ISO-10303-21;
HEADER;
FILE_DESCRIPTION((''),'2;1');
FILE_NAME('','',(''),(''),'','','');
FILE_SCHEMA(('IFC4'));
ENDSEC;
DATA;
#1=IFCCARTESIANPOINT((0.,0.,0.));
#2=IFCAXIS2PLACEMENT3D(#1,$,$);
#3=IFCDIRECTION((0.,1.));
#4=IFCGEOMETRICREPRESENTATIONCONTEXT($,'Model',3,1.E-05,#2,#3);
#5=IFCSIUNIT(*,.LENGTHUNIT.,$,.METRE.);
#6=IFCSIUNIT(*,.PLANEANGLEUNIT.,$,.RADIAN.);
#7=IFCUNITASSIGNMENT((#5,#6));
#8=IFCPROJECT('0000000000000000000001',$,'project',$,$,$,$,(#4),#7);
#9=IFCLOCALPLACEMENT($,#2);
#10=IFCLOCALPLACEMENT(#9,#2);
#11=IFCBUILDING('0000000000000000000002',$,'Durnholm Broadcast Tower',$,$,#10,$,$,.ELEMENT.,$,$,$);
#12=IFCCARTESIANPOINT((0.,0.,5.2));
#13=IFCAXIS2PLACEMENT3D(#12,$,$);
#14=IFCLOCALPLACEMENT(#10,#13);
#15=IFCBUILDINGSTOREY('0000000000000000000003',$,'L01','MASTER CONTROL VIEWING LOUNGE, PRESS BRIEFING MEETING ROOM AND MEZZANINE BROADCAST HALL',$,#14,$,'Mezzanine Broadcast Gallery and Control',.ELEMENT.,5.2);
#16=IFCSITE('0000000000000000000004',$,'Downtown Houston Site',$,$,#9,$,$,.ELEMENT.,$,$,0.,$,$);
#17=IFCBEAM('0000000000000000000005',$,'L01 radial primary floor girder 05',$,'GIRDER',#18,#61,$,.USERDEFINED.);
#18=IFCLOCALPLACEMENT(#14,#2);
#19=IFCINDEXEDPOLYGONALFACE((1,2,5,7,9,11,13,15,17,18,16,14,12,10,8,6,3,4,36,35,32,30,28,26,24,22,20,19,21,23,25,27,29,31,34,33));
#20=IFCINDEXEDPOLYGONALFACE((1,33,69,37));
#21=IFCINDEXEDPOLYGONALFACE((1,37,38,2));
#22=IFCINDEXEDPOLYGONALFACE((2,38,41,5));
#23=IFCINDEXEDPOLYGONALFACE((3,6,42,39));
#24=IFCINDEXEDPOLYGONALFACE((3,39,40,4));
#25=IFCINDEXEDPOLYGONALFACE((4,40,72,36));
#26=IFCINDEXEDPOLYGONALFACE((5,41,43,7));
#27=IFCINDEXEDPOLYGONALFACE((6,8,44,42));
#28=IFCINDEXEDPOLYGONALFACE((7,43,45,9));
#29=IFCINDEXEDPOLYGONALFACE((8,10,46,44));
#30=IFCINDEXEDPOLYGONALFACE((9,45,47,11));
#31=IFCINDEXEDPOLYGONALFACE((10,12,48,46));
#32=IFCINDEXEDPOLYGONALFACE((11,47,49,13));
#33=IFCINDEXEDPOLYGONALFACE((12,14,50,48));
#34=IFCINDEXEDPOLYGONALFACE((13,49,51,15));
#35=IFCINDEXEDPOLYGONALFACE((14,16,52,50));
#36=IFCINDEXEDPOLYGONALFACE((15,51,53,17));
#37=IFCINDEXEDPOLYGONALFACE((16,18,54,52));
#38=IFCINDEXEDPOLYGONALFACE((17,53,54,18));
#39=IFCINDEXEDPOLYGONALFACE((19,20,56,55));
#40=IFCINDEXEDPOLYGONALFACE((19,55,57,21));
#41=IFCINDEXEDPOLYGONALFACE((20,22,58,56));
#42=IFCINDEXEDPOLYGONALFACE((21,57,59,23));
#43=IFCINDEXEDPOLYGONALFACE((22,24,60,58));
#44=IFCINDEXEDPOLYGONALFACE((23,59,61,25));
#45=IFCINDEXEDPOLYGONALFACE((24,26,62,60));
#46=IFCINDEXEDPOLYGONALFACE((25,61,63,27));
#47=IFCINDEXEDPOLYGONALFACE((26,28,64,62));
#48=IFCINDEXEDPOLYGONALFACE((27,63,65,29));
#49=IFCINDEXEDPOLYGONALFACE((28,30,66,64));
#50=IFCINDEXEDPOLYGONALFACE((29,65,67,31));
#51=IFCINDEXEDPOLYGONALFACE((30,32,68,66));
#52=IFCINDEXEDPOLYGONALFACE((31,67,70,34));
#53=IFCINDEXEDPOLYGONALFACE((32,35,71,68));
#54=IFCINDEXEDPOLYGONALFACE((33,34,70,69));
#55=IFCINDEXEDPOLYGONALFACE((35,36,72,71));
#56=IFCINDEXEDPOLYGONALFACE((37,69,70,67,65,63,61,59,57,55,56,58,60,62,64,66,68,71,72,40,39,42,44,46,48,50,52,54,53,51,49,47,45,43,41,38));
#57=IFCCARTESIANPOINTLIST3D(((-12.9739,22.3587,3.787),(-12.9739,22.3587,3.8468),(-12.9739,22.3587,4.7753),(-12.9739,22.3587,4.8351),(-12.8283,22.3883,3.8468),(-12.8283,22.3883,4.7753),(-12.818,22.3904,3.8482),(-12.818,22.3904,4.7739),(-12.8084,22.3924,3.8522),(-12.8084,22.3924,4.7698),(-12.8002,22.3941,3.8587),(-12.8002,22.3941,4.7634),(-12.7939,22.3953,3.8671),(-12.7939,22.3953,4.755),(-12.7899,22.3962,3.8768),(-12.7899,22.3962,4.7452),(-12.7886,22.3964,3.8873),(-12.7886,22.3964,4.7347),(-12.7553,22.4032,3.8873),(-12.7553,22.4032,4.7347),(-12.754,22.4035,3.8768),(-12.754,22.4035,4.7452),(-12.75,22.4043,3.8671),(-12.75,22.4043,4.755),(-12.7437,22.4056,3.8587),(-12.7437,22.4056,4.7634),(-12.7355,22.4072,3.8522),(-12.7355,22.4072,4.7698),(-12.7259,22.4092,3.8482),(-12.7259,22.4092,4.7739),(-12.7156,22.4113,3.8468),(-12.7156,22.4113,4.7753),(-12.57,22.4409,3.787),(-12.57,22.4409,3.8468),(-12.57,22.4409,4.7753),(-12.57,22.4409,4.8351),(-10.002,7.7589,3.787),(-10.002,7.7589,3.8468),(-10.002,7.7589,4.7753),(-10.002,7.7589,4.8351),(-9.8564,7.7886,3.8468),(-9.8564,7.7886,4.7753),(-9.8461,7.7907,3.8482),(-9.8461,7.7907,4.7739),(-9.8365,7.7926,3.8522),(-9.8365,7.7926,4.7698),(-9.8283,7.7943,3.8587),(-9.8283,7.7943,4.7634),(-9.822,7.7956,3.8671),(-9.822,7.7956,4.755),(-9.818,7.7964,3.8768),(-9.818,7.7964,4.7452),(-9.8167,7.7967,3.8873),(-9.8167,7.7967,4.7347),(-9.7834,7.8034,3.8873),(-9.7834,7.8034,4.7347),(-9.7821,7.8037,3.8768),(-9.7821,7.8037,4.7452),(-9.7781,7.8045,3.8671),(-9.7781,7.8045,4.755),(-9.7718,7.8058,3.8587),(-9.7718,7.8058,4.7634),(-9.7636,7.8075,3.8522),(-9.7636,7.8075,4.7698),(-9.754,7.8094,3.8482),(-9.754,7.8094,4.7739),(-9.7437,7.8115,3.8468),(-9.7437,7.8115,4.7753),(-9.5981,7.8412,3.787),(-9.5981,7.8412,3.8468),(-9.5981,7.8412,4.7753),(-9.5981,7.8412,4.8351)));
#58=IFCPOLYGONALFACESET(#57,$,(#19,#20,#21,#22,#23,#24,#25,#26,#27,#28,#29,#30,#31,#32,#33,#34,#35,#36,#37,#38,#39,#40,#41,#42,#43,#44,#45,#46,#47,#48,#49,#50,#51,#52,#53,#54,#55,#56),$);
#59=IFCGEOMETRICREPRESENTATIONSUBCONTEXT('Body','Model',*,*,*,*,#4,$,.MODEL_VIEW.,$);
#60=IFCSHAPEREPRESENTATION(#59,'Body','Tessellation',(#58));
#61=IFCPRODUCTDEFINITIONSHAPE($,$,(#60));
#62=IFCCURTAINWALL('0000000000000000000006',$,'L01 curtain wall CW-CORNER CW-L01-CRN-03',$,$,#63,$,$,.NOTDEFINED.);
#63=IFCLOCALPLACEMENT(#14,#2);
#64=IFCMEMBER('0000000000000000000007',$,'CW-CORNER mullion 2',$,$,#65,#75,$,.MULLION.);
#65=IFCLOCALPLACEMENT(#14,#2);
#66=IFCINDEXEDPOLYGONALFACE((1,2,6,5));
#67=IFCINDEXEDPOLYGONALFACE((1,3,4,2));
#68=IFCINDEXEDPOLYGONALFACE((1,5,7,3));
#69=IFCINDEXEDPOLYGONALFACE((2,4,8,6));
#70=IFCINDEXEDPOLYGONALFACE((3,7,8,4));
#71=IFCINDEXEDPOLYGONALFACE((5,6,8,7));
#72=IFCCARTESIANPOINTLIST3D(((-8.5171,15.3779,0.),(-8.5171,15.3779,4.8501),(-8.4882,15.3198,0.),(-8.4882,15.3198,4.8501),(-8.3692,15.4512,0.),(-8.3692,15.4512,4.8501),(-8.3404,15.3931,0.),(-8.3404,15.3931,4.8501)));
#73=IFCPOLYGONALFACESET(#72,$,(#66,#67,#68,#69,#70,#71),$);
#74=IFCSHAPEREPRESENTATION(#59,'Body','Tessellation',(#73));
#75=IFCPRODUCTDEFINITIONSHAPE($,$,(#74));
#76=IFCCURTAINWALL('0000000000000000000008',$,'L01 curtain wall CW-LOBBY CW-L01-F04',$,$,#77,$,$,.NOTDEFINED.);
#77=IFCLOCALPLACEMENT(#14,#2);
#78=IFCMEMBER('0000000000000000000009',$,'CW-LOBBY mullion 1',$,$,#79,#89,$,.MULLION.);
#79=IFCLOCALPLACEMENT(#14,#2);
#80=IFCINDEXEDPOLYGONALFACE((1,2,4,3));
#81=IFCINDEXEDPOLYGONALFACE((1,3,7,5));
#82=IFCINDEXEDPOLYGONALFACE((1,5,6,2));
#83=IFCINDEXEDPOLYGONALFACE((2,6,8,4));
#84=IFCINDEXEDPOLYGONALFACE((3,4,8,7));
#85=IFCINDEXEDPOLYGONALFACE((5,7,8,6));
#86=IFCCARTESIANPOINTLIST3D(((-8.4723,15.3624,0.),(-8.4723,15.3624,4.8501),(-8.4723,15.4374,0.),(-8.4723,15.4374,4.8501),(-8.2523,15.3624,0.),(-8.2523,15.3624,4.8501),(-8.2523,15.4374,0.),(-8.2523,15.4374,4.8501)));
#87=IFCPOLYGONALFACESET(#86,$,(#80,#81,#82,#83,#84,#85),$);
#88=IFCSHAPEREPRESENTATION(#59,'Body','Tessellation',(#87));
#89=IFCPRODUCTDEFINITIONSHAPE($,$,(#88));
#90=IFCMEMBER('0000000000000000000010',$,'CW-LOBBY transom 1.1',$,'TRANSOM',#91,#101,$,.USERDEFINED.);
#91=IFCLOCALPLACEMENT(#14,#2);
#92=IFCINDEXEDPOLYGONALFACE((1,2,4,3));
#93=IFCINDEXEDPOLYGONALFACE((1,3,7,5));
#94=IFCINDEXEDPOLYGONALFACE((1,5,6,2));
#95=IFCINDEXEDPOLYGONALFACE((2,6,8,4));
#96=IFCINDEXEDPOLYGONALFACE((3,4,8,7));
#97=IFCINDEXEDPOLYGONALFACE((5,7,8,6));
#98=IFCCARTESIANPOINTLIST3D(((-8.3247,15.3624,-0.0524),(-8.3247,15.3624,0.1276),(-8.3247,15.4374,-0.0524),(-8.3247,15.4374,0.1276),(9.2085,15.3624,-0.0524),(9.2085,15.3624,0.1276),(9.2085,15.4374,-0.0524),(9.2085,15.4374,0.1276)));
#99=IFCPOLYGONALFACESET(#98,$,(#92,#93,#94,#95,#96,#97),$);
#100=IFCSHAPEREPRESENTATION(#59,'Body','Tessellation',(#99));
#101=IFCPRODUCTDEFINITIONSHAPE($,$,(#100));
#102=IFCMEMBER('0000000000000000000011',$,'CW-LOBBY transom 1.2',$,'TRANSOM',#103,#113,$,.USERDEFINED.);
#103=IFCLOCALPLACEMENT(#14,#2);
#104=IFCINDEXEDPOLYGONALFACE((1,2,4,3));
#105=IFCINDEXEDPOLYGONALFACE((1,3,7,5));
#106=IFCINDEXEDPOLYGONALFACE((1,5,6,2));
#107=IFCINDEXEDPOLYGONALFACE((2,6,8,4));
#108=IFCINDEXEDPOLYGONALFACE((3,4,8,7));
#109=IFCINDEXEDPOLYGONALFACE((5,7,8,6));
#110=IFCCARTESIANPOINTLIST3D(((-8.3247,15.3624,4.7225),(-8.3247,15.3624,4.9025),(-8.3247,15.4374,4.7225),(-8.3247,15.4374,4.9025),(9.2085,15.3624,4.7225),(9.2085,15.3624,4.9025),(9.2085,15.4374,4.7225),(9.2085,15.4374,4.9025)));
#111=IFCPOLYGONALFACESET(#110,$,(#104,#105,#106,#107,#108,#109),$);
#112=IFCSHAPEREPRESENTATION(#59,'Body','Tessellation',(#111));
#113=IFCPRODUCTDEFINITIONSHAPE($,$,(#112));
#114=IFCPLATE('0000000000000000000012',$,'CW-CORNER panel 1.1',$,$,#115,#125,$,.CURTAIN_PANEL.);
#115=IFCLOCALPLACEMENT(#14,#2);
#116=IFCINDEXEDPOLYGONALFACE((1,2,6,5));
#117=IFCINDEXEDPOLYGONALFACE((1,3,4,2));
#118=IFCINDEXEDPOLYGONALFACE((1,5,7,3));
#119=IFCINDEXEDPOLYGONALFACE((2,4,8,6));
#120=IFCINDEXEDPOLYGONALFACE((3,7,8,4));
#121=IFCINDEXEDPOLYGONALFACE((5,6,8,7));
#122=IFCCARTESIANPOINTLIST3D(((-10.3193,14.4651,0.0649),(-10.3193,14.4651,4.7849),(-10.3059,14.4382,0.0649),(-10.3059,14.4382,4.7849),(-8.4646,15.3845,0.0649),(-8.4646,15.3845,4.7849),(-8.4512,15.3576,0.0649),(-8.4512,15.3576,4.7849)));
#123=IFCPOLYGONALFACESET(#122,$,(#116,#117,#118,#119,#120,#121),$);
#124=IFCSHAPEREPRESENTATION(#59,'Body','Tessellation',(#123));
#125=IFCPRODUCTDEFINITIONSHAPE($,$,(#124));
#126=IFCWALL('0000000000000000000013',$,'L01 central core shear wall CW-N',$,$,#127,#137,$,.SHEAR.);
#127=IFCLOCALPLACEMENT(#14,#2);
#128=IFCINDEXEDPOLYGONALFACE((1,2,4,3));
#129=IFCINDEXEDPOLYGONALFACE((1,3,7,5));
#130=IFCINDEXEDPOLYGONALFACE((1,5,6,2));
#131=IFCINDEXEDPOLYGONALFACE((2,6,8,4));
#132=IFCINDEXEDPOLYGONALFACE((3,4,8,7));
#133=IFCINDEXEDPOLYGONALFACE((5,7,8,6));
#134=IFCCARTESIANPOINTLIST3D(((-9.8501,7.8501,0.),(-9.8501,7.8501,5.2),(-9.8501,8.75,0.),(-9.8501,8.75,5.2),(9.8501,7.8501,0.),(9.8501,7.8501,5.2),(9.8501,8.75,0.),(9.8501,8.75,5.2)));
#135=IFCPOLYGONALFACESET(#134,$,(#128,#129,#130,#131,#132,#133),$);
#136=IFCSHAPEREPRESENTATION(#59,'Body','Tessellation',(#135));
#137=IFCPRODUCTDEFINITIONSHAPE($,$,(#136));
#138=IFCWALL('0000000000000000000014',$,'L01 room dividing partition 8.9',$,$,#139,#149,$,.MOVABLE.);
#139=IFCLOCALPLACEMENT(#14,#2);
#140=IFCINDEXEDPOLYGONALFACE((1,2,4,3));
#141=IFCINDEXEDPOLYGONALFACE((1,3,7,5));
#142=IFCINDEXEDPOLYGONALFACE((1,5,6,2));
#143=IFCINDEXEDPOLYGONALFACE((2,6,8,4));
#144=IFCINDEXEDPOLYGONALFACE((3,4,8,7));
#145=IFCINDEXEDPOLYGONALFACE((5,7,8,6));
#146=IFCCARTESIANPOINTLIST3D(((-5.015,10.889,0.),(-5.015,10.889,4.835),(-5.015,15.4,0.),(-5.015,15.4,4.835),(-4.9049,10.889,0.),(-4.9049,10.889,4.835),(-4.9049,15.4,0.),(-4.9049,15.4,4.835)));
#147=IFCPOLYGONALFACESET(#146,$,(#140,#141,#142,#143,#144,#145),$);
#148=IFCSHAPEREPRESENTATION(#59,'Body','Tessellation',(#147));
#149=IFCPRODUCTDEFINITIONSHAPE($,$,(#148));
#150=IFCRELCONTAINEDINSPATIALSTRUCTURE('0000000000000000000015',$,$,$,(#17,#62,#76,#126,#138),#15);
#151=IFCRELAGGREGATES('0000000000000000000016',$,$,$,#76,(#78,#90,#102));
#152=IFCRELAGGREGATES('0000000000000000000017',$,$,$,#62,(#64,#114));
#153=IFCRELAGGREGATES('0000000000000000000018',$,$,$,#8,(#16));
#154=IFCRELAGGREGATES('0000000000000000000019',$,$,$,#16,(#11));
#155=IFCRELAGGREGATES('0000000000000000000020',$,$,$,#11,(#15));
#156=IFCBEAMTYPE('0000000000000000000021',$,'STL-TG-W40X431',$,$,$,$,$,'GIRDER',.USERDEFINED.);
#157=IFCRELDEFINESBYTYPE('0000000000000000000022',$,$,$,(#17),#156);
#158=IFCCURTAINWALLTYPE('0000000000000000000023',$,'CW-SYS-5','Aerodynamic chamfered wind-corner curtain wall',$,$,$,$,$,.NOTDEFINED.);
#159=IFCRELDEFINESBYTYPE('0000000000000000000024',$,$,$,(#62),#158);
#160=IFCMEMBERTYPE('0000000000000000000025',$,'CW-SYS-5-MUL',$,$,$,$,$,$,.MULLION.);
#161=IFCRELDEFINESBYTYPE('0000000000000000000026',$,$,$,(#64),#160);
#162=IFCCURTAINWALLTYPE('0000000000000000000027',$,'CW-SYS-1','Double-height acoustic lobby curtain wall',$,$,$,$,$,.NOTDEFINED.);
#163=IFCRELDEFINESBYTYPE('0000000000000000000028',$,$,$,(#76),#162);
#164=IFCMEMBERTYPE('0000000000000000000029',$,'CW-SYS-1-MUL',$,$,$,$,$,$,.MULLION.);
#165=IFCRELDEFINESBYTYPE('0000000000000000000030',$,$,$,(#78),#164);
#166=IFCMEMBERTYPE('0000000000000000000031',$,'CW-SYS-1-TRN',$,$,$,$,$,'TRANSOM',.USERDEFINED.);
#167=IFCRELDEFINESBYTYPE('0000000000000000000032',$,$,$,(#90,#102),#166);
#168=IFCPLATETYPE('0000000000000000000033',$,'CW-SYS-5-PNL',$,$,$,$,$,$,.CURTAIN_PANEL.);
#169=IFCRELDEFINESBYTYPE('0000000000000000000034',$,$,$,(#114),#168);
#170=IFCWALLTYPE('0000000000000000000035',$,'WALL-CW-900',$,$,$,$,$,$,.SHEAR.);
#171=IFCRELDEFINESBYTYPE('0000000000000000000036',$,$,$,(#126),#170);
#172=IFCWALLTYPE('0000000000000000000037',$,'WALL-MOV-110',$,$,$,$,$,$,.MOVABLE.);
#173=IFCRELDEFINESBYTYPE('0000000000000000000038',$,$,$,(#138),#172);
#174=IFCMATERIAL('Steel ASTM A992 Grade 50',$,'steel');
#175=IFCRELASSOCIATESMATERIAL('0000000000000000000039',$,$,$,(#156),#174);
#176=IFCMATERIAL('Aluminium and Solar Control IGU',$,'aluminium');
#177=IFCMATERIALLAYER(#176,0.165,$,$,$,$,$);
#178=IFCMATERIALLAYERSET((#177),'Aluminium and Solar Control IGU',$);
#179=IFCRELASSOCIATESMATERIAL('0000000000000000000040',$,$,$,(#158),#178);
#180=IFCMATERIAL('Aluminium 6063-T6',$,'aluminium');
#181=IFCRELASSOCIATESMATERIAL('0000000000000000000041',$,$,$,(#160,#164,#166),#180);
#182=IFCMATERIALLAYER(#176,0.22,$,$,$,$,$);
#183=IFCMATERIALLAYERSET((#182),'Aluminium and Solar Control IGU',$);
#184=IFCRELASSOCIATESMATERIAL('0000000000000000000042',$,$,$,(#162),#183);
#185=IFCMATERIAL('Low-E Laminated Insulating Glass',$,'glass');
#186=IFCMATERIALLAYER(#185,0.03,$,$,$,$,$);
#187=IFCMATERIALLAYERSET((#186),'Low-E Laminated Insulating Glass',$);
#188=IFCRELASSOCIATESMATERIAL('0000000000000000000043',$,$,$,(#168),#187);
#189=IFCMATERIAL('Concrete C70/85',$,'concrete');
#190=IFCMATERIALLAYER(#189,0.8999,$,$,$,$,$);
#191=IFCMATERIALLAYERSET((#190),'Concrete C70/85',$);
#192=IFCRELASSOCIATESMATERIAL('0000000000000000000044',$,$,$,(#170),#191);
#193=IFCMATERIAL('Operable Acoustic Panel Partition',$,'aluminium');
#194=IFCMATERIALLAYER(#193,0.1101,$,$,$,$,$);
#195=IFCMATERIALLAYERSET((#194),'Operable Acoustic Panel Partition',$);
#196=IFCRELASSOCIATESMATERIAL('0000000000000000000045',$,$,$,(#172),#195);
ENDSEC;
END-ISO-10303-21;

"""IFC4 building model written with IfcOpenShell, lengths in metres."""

from ifc_helpers import new_model, si_unit, direction, frame, frame_2d, origin, origin_2d, place, context, subcontext, project, spatial, rectangle, i_section, extrude, source, transform, mapped, material, layer, layer_set, material_profile, profile_set, type_object, type_shapes, element, aggregate, save


model = new_model("IFC4")

# Units and contexts
model_context = context("Model", 3, precision=1e-05, world=origin(), true_north=direction((0.0, 1.0)))
body_context = subcontext(model_context, "Body", "Model", "MODEL_VIEW")
ifc_project = project(units=[si_unit("LENGTHUNIT", "METRE"), si_unit("PLANEANGLEUNIT", "RADIAN")], contexts=[model_context])

# Site, building, storey
site_placement = place(None, origin())
site = spatial("IfcSite", under=ifc_project, at=site_placement, Name="Downtown Houston Site", CompositionType="ELEMENT", RefElevation=0.0)
building_placement = place(site_placement, origin())
building = spatial("IfcBuilding", under=site, at=building_placement, Name="Durnholm Broadcast Tower", CompositionType="ELEMENT")
storey_placement = place(building_placement, frame((0.0, 0.0, 5.2)))
storey = spatial("IfcBuildingStorey", under=building, at=storey_placement, Name="L01", Description="MASTER CONTROL VIEWING LOUNGE, PRESS BRIEFING MEETING ROOM AND MEZZANINE BROADCAST HALL", LongName="Mezzanine Broadcast Gallery and Control", CompositionType="ELEMENT", Elevation=5.2)

# Shared definitions
ifc_material_1 = material(Name="Concrete C70/85", Category="concrete")
ifc_material_2 = material(Name="Steel ASTM A992 Grade 50", Category="steel")

# Beam
ifc_material_profile_1 = material_profile(ifc_material_2, i_section(OverallWidth=0.4121, OverallDepth=1.0481, WebThickness=0.0339, FlangeThickness=0.0598, FilletRadius=0.0405, at=origin_2d()), Name="W40X431")
ifc_profile_set_1 = profile_set([ifc_material_profile_1], Name="Steel ASTM A992 Grade 50")
beam_type = type_object("IfcBeamType", Name="STL-TG-W40X431", ElementType="GIRDER", PredefinedType="USERDEFINED", material=ifc_profile_set_1)
shared_shape_1 = source(origin(), body_context, "Body", "SweptSolid", [
    extrude(i_section(OverallWidth=0.4121, OverallDepth=1.0481, WebThickness=0.0339, FlangeThickness=0.0598, FilletRadius=0.0405, at=origin_2d()), origin(), (0.0, 0.0, 1.0), 14.8992),
])
beam_1_placement = place(storey_placement, frame((-9.8, 7.8, 4.311), z_axis=(-0.199468, 0.979904, 0.0), x_axis=(-0.979904, -0.199468, 0.0)))
element("IfcBeam", 1, at=beam_1_placement, inside=storey, type_object=beam_type, Name="L01 radial primary floor girder 05", ObjectType="GIRDER", PredefinedType="USERDEFINED", context=body_context, shape_type="MappedRepresentation", body=[
    mapped(shared_shape_1, transform((0.0, 0.0, 0.0), x_axis=(1.0, 0.0, 0.0), y_axis=(0.0, 1.0, 0.0), z_axis=(0.0, 0.0, 1.0), scale=1.0)),
])

# Curtain wall, member
ifc_material_3 = material(Name="Aluminium and Solar Control IGU", Category="aluminium")
ifc_layer_1 = layer(ifc_material_3, 0.165)
ifc_layer_set_1 = layer_set([ifc_layer_1], Name="Aluminium and Solar Control IGU")
curtain_wall_type_1 = type_object("IfcCurtainWallType", Name="CW-SYS-5", Description="Aerodynamic chamfered wind-corner curtain wall", PredefinedType="NOTDEFINED", material=ifc_layer_set_1)
curtain_wall_1_placement = place(storey_placement, origin())
curtain_wall_1 = element("IfcCurtainWall", 2, at=curtain_wall_1_placement, inside=storey, type_object=curtain_wall_type_1, Name="L01 curtain wall CW-CORNER CW-L01-CRN-03", PredefinedType="NOTDEFINED")
ifc_material_4 = material(Name="Aluminium 6063-T6", Category="aluminium")
ifc_material_profile_2 = material_profile(ifc_material_4, rectangle(XDim=0.0649, YDim=0.165, at=origin_2d()), Name="CWM65X165")
ifc_profile_set_2 = profile_set([ifc_material_profile_2], Name="Aluminium 6063-T6")
member_type_1 = type_object("IfcMemberType", Name="CW-SYS-5-MUL", PredefinedType="MULLION", material=ifc_profile_set_2)
shared_shape_2 = source(origin(), body_context, "Body", "SweptSolid", [
    extrude(rectangle(XDim=0.0649, YDim=0.165, at=origin_2d()), origin(), (0.0, 0.0, 1.0), 4.8501),
])
type_shapes(member_type_1, [shared_shape_2])
member_1_placement = place(storey_placement, frame((-8.4287, 15.3855, 0.0), z_axis=(0.0, 0.0, 1.0), x_axis=(-0.444138, 0.895958, 0.0)))
member_1 = element("IfcMember", 3, at=member_1_placement, type_object=member_type_1, Name="CW-CORNER mullion 2", PredefinedType="MULLION", context=body_context, shape_type="MappedRepresentation", body=[
    mapped(shared_shape_2, transform((0.0, 0.0, 0.0), x_axis=(1.0, 0.0, 0.0), y_axis=(0.0, 1.0, 0.0), z_axis=(0.0, 0.0, 1.0), scale=1.0)),
])

# Curtain wall, members
ifc_layer_2 = layer(ifc_material_3, 0.22)
ifc_layer_set_2 = layer_set([ifc_layer_2], Name="Aluminium and Solar Control IGU")
curtain_wall_type_2 = type_object("IfcCurtainWallType", Name="CW-SYS-1", Description="Double-height acoustic lobby curtain wall", PredefinedType="NOTDEFINED", material=ifc_layer_set_2)
curtain_wall_2_placement = place(storey_placement, origin())
curtain_wall_2 = element("IfcCurtainWall", 4, at=curtain_wall_2_placement, inside=storey, type_object=curtain_wall_type_2, Name="L01 curtain wall CW-LOBBY CW-L01-F04", PredefinedType="NOTDEFINED")
ifc_material_profile_3 = material_profile(ifc_material_4, rectangle(XDim=0.075, YDim=0.22, at=origin_2d()), Name="CWM75X220")
ifc_profile_set_3 = profile_set([ifc_material_profile_3], Name="Aluminium 6063-T6")
member_type_2 = type_object("IfcMemberType", Name="CW-SYS-1-MUL", PredefinedType="MULLION", material=ifc_profile_set_3)
shared_shape_3 = source(origin(), body_context, "Body", "SweptSolid", [
    extrude(rectangle(XDim=0.075, YDim=0.22, at=origin_2d()), origin(), (0.0, 0.0, 1.0), 4.8501),
])
type_shapes(member_type_2, [shared_shape_3])
member_2_placement = place(storey_placement, frame((-8.3623, 15.3999, 0.0), z_axis=(0.0, 0.0, 1.0), x_axis=(0.0, 1.0, 0.0)))
member_2 = element("IfcMember", 5, at=member_2_placement, type_object=member_type_2, Name="CW-LOBBY mullion 1", PredefinedType="MULLION", context=body_context, shape_type="MappedRepresentation", body=[
    mapped(shared_shape_3, transform((0.0, 0.0, 0.0), x_axis=(1.0, 0.0, 0.0), y_axis=(0.0, 1.0, 0.0), z_axis=(0.0, 0.0, 1.0), scale=1.0)),
])
ifc_material_profile_4 = material_profile(ifc_material_4, rectangle(XDim=0.075, YDim=0.1799, at=origin_2d()), Name="CWT75X180")
ifc_profile_set_4 = profile_set([ifc_material_profile_4], Name="Aluminium 6063-T6")
member_type_3 = type_object("IfcMemberType", Name="CW-SYS-1-TRN", ElementType="TRANSOM", PredefinedType="USERDEFINED", material=ifc_profile_set_4)
shared_shape_4 = source(origin(), body_context, "Body", "SweptSolid", [
    extrude(rectangle(XDim=0.075, YDim=0.1799, at=origin_2d()), origin(), (0.0, 0.0, 1.0), 17.5332),
])
type_shapes(member_type_3, [shared_shape_4])
member_3_placement = place(storey_placement, frame((-8.3247, 15.3999, 0.0376), z_axis=(1.0, 0.0, 0.0), x_axis=(0.0, 1.0, 0.0)))
member_3 = element("IfcMember", 6, at=member_3_placement, type_object=member_type_3, Name="CW-LOBBY transom 1.1", ObjectType="TRANSOM", PredefinedType="USERDEFINED", context=body_context, shape_type="MappedRepresentation", body=[
    mapped(shared_shape_4, transform((0.0, 0.0, 0.0), x_axis=(1.0, 0.0, 0.0), y_axis=(0.0, 1.0, 0.0), z_axis=(0.0, 0.0, 1.0), scale=1.0)),
])
member_4_placement = place(storey_placement, frame((-8.3247, 15.3999, 4.8125), z_axis=(1.0, 0.0, 0.0), x_axis=(0.0, 1.0, 0.0)))
member_4 = element("IfcMember", 7, at=member_4_placement, type_object=member_type_3, Name="CW-LOBBY transom 1.2", ObjectType="TRANSOM", PredefinedType="USERDEFINED", context=body_context, shape_type="MappedRepresentation", body=[
    mapped(shared_shape_4, transform((0.0, 0.0, 0.0), x_axis=(1.0, 0.0, 0.0), y_axis=(0.0, 1.0, 0.0), z_axis=(0.0, 0.0, 1.0), scale=1.0)),
])
aggregate(curtain_wall_2, [member_2, member_3, member_4])

# Plate
ifc_material_5 = material(Name="Low-E Laminated Insulating Glass", Category="glass")
ifc_layer_3 = layer(ifc_material_5, 0.03)
ifc_layer_set_3 = layer_set([ifc_layer_3], Name="Low-E Laminated Insulating Glass")
plate_type = type_object("IfcPlateType", Name="CW-SYS-5-PNL", PredefinedType="CURTAIN_PANEL", material=ifc_layer_set_3)
shared_shape_5 = source(origin(), body_context, "Body", "SweptSolid", [
    extrude(rectangle(XDim=2.0701, YDim=0.03, at=origin_2d()), origin(), (0.0, 0.0, 1.0), 4.72),
])
type_shapes(plate_type, [shared_shape_5])
plate_placement = place(storey_placement, frame((-9.3853, 14.9114, 0.0649), z_axis=(0.0, 0.0, 1.0), x_axis=(0.895958, 0.444138, 0.0)))
plate = element("IfcPlate", 8, at=plate_placement, type_object=plate_type, Name="CW-CORNER panel 1.1", PredefinedType="CURTAIN_PANEL", context=body_context, shape_type="MappedRepresentation", body=[
    mapped(shared_shape_5, transform((0.0, 0.0, 0.0), x_axis=(1.0, 0.0, 0.0), y_axis=(0.0, 1.0, 0.0), z_axis=(0.0, 0.0, 1.0), scale=1.0)),
])
aggregate(curtain_wall_1, [member_1, plate])

# Walls
ifc_layer_4 = layer(ifc_material_1, 0.8999)
ifc_layer_set_4 = layer_set([ifc_layer_4], Name="Concrete C70/85")
wall_type_1 = type_object("IfcWallType", Name="WALL-CW-900", PredefinedType="SHEAR", material=ifc_layer_set_4)
wall_1_placement = place(storey_placement, frame((-9.8501, 8.3, 0.0), z_axis=(0.0, 0.0, 1.0), x_axis=(1.0, 0.0, 0.0)))
element("IfcWall", 9, at=wall_1_placement, inside=storey, type_object=wall_type_1, Name="L01 central core shear wall CW-N", PredefinedType="SHEAR", context=body_context, shape_type="SweptSolid", body=[
    extrude(rectangle(XDim=19.7002, YDim=0.8999, at=frame_2d((9.8501, 0.0))), origin(), (0.0, 0.0, 1.0), 5.2),
])
ifc_material_6 = material(Name="Operable Acoustic Panel Partition", Category="aluminium")
ifc_layer_5 = layer(ifc_material_6, 0.1101)
ifc_layer_set_5 = layer_set([ifc_layer_5], Name="Operable Acoustic Panel Partition")
wall_type_2 = type_object("IfcWallType", Name="WALL-MOV-110", PredefinedType="MOVABLE", material=ifc_layer_set_5)
wall_2_placement = place(storey_placement, frame((-4.96, 15.3999, 0.0), z_axis=(0.0, 0.0, 1.0), x_axis=(0.0, -1.0, 0.0)))
element("IfcWall", 10, at=wall_2_placement, inside=storey, type_object=wall_type_2, Name="L01 room dividing partition 8.9", PredefinedType="MOVABLE", context=body_context, shape_type="SweptSolid", body=[
    extrude(rectangle(XDim=4.511, YDim=0.1101, at=frame_2d((2.2554, 0.0))), origin(), (0.0, 0.0, 1.0), 4.835),
])

save(model, "model.ifc")
